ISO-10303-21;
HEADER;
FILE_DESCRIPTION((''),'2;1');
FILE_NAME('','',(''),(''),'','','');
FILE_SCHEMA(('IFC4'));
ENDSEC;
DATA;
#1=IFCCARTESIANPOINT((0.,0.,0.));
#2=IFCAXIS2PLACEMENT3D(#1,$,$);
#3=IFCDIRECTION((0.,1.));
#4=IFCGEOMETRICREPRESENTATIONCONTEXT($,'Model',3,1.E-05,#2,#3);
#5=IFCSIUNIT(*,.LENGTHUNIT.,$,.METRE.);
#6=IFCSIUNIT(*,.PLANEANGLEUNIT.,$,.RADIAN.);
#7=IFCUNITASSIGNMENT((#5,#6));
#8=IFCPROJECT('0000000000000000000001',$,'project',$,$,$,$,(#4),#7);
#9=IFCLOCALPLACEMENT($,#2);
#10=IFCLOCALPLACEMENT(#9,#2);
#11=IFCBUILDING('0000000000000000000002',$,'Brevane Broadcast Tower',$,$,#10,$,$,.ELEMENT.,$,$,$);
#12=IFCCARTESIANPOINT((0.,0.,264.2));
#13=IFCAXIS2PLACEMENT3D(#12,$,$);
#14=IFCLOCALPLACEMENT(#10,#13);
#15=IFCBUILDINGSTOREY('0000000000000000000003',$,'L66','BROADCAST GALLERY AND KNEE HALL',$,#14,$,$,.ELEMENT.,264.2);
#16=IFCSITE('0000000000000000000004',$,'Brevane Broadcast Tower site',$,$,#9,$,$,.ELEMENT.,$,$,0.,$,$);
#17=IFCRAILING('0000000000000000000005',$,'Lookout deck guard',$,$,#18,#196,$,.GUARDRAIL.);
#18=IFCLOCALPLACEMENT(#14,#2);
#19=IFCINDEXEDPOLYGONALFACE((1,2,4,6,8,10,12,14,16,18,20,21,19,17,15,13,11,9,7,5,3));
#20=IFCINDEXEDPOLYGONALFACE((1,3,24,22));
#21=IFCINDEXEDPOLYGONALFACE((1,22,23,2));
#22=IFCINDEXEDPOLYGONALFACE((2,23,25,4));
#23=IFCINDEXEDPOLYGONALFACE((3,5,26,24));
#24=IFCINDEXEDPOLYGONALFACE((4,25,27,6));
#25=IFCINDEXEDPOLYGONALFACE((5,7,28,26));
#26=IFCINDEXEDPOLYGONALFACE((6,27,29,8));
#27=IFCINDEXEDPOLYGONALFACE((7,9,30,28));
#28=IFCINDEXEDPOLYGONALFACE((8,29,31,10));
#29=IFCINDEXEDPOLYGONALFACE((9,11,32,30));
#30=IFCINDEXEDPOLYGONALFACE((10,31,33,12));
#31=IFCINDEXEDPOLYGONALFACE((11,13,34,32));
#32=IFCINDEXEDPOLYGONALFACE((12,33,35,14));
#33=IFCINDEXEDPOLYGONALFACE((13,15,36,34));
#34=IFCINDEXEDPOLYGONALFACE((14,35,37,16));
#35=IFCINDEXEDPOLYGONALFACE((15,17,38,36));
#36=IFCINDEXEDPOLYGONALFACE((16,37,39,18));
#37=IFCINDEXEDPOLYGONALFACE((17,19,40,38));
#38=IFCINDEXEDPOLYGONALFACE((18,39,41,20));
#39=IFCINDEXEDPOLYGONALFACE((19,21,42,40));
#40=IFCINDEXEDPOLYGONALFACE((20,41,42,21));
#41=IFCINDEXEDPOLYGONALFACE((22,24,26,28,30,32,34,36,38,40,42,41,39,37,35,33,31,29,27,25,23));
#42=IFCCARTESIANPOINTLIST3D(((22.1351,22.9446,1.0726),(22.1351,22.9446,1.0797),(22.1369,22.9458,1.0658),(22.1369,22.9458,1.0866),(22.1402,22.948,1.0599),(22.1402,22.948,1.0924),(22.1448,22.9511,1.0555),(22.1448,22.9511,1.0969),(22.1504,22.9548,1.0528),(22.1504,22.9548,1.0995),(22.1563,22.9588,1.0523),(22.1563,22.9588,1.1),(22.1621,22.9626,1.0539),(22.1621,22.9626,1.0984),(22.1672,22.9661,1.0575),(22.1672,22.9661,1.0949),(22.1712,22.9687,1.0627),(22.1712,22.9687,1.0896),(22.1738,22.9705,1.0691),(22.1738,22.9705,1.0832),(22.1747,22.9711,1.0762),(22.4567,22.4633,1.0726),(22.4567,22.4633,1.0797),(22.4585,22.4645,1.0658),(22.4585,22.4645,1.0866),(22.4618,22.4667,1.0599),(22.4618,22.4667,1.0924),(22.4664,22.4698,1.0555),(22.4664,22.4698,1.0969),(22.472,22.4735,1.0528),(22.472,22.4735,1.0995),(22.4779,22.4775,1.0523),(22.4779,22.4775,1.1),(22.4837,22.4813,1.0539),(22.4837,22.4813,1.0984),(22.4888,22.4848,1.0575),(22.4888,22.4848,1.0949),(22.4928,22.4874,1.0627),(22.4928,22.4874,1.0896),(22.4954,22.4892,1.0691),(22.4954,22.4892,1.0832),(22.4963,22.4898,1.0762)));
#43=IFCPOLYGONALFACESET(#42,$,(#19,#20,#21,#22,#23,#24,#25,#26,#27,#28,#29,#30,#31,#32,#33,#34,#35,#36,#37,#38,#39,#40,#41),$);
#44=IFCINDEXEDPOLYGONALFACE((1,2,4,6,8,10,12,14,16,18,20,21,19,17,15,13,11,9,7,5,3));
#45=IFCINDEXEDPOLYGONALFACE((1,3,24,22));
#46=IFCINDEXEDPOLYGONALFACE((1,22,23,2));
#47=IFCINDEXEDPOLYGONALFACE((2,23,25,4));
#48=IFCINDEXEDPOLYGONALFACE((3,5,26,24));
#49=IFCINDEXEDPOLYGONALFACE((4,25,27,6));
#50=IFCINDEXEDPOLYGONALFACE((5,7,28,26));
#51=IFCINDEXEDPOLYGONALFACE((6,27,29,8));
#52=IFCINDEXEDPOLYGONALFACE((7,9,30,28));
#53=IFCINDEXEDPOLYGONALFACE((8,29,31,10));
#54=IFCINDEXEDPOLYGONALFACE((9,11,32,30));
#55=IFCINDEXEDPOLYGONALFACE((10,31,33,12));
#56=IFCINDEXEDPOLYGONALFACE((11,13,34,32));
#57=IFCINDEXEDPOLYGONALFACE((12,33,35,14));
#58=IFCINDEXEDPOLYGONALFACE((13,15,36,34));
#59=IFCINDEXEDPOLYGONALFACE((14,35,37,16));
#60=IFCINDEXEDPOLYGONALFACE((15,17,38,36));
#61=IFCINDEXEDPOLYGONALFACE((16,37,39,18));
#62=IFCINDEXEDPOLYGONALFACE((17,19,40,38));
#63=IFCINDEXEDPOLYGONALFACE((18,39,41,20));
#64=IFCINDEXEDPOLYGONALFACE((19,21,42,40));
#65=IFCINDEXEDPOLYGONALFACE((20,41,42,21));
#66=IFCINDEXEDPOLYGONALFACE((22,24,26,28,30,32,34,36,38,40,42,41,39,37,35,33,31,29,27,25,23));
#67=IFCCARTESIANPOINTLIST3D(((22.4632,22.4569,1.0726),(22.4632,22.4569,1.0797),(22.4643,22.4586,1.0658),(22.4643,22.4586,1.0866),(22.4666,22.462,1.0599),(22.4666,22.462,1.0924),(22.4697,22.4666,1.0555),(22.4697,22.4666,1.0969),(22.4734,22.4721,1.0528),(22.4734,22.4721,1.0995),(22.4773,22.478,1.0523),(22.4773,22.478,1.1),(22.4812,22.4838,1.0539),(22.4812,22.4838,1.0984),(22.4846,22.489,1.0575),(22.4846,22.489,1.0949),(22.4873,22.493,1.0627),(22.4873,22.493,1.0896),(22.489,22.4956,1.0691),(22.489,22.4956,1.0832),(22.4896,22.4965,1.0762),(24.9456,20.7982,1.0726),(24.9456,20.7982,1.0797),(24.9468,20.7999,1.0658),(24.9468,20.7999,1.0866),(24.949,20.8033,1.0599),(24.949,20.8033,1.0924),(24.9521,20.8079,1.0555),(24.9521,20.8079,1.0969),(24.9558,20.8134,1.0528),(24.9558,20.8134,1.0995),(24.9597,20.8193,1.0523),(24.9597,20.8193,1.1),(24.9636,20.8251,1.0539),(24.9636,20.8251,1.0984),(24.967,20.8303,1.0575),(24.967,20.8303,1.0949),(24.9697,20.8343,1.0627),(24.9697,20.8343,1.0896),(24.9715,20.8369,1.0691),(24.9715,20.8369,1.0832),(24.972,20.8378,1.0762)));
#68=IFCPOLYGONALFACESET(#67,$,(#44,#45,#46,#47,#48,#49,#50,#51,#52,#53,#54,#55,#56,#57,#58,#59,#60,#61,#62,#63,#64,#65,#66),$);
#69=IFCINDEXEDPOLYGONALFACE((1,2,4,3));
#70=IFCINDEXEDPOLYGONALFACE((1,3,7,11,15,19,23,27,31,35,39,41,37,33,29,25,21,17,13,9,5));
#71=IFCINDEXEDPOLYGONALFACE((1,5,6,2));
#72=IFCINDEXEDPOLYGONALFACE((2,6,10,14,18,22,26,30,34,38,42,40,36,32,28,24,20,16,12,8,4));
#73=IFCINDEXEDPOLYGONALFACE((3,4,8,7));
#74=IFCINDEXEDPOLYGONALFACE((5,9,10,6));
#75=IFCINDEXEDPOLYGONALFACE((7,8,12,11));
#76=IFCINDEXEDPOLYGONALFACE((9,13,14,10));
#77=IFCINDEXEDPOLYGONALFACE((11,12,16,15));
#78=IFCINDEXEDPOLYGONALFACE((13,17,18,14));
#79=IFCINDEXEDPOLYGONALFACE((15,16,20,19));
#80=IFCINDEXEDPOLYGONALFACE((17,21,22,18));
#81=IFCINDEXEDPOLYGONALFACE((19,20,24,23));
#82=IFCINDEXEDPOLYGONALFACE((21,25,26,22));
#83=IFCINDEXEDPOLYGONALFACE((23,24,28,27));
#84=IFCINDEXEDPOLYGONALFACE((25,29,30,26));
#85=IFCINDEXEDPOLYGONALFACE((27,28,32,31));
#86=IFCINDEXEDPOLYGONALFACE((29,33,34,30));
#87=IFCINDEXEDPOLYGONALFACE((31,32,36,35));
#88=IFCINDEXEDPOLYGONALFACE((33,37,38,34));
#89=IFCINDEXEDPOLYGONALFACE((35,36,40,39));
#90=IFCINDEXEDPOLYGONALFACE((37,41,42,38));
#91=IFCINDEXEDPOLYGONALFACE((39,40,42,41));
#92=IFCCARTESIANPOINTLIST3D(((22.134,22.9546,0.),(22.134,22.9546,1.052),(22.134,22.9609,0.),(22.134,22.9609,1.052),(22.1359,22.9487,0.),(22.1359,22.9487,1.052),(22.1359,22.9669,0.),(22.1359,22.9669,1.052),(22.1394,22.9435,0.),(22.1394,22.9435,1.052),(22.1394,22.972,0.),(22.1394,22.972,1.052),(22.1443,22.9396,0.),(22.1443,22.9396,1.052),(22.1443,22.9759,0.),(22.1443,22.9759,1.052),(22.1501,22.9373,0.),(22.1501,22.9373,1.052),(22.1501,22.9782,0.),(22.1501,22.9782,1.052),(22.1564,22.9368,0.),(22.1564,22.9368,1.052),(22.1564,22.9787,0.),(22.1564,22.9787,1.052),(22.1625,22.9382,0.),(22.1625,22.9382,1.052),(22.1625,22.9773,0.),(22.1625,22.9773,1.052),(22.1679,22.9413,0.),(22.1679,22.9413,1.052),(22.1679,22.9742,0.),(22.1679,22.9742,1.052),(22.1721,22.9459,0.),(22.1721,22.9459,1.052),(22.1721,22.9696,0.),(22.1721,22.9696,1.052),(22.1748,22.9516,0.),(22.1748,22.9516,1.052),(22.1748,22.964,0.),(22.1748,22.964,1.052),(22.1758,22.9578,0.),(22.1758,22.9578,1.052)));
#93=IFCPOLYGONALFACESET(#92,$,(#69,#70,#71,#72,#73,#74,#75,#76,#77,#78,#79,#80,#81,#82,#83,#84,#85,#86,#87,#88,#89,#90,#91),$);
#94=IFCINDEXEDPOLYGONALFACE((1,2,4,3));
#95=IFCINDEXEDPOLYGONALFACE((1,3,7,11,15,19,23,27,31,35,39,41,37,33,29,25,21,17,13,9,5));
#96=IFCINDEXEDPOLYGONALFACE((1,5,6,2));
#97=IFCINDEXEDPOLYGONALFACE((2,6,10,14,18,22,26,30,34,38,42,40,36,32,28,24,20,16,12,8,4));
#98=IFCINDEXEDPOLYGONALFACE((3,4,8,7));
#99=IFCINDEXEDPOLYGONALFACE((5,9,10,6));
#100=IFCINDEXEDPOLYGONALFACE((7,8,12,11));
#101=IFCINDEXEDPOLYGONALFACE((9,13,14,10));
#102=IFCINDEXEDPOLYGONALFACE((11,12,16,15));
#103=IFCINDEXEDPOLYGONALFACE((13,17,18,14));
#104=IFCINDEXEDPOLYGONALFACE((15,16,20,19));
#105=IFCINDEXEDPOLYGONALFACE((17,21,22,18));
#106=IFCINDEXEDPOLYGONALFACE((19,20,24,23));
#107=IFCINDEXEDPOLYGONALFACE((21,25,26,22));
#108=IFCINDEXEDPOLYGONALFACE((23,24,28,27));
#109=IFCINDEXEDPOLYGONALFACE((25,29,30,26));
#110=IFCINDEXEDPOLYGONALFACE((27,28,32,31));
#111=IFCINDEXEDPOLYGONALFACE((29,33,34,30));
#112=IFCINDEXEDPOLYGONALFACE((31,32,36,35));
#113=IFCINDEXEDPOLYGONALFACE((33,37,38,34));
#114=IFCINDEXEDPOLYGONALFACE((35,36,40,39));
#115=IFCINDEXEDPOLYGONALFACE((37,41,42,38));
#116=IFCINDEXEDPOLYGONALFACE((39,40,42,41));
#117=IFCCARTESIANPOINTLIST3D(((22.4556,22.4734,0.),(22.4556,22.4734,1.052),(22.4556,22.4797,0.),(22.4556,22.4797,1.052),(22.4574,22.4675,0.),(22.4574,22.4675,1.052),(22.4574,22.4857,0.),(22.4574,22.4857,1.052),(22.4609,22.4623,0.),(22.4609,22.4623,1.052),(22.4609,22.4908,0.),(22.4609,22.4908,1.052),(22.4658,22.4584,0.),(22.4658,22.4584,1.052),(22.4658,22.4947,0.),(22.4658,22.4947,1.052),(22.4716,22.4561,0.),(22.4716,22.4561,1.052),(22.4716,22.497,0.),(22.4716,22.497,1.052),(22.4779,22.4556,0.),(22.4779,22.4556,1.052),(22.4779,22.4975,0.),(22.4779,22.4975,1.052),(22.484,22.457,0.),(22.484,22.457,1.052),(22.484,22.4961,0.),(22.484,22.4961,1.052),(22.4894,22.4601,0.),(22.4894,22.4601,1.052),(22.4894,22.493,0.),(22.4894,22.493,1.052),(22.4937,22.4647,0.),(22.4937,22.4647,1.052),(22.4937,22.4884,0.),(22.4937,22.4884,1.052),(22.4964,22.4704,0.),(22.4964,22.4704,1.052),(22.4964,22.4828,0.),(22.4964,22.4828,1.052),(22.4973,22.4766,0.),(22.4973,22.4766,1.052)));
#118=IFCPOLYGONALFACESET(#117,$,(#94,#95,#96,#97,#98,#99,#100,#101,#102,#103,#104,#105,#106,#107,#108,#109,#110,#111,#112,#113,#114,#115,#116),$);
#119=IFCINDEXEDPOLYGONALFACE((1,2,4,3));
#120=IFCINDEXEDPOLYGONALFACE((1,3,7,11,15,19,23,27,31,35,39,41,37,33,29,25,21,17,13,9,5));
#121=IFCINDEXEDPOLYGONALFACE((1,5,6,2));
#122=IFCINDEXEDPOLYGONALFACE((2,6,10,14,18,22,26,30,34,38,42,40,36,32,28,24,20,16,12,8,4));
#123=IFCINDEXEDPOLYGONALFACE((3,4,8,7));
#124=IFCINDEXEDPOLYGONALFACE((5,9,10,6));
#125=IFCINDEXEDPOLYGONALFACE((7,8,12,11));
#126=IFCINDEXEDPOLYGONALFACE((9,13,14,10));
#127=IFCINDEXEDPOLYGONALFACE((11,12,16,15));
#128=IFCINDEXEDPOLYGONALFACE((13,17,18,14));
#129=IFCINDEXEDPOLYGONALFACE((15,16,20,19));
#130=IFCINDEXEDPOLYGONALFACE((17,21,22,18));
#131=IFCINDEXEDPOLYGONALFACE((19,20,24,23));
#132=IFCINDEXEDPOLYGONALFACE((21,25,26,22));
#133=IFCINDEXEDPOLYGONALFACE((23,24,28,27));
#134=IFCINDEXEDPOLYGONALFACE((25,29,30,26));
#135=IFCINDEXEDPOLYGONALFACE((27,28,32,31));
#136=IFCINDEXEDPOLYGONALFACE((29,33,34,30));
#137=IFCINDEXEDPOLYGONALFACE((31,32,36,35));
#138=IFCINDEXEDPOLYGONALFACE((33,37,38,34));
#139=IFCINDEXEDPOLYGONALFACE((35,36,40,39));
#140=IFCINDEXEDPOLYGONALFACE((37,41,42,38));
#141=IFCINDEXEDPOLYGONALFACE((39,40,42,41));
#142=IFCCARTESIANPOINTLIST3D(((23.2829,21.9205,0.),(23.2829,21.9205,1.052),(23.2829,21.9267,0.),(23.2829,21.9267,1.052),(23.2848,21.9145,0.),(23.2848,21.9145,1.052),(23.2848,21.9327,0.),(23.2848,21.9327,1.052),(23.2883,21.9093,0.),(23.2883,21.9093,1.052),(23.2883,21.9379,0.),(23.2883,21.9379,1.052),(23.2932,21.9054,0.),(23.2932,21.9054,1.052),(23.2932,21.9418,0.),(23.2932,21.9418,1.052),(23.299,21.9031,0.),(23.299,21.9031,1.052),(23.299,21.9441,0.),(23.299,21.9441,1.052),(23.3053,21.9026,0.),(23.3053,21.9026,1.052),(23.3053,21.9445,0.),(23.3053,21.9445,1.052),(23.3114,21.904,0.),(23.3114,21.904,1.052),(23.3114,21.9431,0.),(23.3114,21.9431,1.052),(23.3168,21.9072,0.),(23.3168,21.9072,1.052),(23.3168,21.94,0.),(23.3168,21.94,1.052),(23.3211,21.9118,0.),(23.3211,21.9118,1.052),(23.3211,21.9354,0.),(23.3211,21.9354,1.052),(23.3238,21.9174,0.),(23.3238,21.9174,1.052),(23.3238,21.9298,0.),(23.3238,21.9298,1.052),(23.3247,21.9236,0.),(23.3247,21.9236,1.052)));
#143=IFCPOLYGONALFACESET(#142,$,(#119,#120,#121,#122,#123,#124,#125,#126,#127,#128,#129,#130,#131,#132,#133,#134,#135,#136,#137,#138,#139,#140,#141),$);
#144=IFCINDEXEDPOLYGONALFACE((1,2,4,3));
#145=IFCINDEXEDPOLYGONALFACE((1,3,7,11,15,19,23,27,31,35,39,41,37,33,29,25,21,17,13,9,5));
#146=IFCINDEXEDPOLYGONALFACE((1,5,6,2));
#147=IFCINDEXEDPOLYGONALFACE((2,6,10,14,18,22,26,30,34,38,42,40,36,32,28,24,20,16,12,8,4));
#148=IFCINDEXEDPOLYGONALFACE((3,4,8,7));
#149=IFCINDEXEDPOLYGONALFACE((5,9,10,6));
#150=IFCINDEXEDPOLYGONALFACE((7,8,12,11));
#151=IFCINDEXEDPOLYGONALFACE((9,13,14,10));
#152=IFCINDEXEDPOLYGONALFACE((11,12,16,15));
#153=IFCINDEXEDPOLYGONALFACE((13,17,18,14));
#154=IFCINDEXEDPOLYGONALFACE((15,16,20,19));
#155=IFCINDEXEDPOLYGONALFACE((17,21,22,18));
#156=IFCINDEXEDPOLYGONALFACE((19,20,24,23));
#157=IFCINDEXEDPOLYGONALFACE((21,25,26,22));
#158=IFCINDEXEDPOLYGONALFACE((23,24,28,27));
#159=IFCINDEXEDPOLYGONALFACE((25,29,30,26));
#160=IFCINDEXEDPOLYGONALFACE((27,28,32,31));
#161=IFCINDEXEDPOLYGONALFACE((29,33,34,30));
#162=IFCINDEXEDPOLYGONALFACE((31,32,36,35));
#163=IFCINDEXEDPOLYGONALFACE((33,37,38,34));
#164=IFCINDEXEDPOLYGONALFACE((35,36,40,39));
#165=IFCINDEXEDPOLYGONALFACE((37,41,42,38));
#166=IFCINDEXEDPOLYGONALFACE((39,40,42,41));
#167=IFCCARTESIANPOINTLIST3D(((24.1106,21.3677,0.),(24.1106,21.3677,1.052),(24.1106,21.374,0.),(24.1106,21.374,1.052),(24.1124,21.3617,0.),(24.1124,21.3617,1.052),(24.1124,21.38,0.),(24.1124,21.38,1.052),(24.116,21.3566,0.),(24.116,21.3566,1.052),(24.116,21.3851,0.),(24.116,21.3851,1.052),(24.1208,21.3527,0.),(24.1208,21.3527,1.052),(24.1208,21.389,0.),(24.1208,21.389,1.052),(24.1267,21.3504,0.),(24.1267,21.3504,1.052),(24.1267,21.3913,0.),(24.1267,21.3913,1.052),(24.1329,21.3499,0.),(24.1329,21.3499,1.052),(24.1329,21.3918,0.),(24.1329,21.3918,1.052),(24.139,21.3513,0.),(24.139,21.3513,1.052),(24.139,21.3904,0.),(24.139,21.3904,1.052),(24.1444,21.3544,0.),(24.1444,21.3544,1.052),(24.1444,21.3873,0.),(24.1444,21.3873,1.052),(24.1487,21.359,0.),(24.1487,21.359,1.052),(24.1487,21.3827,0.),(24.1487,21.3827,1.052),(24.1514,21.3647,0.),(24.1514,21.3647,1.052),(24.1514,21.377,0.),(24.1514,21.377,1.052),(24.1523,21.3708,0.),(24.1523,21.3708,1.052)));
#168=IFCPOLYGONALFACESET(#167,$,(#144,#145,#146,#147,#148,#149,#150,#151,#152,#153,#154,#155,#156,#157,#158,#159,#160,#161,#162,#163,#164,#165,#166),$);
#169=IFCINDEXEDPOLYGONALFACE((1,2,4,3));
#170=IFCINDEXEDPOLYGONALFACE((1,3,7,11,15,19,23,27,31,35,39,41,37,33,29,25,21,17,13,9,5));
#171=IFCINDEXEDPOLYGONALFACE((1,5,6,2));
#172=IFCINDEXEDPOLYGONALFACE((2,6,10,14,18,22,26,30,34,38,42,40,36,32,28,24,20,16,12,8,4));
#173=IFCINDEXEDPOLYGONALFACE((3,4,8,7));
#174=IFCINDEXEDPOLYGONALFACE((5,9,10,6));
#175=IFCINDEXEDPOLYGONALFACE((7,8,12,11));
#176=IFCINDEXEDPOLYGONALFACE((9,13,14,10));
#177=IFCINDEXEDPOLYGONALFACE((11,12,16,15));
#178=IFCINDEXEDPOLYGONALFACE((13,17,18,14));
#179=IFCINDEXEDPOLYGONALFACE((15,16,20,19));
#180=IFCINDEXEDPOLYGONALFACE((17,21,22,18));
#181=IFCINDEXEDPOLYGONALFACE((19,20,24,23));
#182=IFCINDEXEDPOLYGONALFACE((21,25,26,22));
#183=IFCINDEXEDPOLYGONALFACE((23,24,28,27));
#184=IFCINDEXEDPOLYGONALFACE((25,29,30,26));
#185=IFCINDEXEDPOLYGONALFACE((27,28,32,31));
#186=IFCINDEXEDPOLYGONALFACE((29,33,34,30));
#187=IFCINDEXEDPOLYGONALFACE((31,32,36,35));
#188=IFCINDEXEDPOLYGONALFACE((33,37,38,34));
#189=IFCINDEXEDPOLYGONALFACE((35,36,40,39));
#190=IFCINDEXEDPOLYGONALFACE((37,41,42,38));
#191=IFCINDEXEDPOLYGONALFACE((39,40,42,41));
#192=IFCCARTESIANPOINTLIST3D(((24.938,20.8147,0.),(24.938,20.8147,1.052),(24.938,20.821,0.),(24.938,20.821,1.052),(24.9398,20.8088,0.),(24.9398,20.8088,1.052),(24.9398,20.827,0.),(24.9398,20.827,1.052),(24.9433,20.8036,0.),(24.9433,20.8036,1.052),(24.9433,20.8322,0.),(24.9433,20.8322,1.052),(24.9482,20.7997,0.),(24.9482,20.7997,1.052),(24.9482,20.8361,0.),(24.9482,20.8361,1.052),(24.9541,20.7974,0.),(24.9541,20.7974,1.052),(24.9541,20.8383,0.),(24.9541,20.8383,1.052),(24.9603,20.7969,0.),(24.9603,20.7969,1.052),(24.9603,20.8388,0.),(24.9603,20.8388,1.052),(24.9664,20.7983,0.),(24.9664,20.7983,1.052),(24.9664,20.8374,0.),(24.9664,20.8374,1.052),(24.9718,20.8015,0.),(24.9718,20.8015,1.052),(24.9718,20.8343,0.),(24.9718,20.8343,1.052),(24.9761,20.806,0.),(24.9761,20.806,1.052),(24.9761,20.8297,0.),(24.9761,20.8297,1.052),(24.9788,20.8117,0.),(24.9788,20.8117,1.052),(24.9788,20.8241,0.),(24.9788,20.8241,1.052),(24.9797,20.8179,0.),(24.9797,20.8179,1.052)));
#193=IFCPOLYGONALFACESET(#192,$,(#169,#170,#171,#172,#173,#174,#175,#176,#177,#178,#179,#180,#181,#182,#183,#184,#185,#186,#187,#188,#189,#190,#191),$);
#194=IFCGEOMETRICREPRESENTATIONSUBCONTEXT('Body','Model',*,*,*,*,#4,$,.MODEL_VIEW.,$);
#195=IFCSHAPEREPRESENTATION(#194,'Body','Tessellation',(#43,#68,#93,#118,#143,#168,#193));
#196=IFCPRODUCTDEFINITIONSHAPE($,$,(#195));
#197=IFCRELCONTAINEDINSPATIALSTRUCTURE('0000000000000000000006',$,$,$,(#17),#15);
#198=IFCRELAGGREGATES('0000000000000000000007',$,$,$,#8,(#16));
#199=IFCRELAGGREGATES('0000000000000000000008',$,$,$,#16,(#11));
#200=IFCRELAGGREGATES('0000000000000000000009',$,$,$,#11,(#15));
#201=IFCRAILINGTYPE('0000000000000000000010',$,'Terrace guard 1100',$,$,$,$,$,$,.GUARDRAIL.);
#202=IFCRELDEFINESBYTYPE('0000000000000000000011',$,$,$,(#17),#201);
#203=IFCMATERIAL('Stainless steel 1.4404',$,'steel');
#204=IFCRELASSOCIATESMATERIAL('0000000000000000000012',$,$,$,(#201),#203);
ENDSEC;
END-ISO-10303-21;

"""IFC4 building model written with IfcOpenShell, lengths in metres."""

from ifc_helpers import new_model, si_unit, direction, frame, origin, origin_2d, place, context, subcontext, project, spatial, circle, extrude, material, type_object, element, save


model = new_model("IFC4")

# Units and contexts
model_context = context("Model", 3, precision=1e-05, world=origin(), true_north=direction((0.0, 1.0)))
body_context = subcontext(model_context, "Body", "Model", "MODEL_VIEW")
ifc_project = project(units=[si_unit("LENGTHUNIT", "METRE"), si_unit("PLANEANGLEUNIT", "RADIAN")], contexts=[model_context])

# Site, building, storey
site_placement = place(None, origin())
site = spatial("IfcSite", under=ifc_project, at=site_placement, Name="Brevane Broadcast Tower site", CompositionType="ELEMENT", RefElevation=0.0)
building_placement = place(site_placement, origin())
building = spatial("IfcBuilding", under=site, at=building_placement, Name="Brevane Broadcast Tower", CompositionType="ELEMENT")
storey_placement = place(building_placement, frame((0.0, 0.0, 264.2)))
storey = spatial("IfcBuildingStorey", under=building, at=storey_placement, Name="L66", Description="BROADCAST GALLERY AND KNEE HALL", CompositionType="ELEMENT", Elevation=264.2)

# Railing
ifc_material_1 = material(Name="Stainless steel 1.4404", Category="steel")
railing_type_1 = type_object("IfcRailingType", Name="Terrace guard 1100", PredefinedType="GUARDRAIL", material=ifc_material_1)
railing_1_placement = place(storey_placement, frame((22.1548, 22.9578, 0.0)))
element("IfcRailing", 1, at=railing_1_placement, inside=storey, type_object=railing_type_1, Name="Lookout deck guard", PredefinedType="GUARDRAIL", context=body_context, shape_type="SweptSolid", body=[
    extrude(circle(Radius=0.0239, at=origin_2d()), frame((0.0, 0.0, 1.0762), z_axis=(0.555576, -0.831466, 0.0), x_axis=(0.831466, 0.555576, 0.0)), (0.0, 0.0, 1.0), 0.5789),
    extrude(circle(Radius=0.0239, at=origin_2d()), frame((0.3215, -0.4812, 1.0762), z_axis=(0.831471, -0.555568, 0.0), x_axis=(0.555568, 0.831471, 0.0)), (0.0, 0.0, 1.0), 2.9856),
    extrude(circle(Radius=0.021, at=origin_2d()), origin(), (0.0, 0.0, 1.0), 1.052),
    extrude(circle(Radius=0.021, at=origin_2d()), frame((0.3215, -0.4812, 0.0)), (0.0, 0.0, 1.0), 1.052),
    extrude(circle(Radius=0.021, at=origin_2d()), frame((1.1489, -1.0342, 0.0)), (0.0, 0.0, 1.0), 1.052),
    extrude(circle(Radius=0.021, at=origin_2d()), frame((1.9766, -1.5869, 0.0)), (0.0, 0.0, 1.0), 1.052),
    extrude(circle(Radius=0.021, at=origin_2d()), frame((2.804, -2.1399, 0.0)), (0.0, 0.0, 1.0), 1.052),
])

save(model, "model.ifc")
